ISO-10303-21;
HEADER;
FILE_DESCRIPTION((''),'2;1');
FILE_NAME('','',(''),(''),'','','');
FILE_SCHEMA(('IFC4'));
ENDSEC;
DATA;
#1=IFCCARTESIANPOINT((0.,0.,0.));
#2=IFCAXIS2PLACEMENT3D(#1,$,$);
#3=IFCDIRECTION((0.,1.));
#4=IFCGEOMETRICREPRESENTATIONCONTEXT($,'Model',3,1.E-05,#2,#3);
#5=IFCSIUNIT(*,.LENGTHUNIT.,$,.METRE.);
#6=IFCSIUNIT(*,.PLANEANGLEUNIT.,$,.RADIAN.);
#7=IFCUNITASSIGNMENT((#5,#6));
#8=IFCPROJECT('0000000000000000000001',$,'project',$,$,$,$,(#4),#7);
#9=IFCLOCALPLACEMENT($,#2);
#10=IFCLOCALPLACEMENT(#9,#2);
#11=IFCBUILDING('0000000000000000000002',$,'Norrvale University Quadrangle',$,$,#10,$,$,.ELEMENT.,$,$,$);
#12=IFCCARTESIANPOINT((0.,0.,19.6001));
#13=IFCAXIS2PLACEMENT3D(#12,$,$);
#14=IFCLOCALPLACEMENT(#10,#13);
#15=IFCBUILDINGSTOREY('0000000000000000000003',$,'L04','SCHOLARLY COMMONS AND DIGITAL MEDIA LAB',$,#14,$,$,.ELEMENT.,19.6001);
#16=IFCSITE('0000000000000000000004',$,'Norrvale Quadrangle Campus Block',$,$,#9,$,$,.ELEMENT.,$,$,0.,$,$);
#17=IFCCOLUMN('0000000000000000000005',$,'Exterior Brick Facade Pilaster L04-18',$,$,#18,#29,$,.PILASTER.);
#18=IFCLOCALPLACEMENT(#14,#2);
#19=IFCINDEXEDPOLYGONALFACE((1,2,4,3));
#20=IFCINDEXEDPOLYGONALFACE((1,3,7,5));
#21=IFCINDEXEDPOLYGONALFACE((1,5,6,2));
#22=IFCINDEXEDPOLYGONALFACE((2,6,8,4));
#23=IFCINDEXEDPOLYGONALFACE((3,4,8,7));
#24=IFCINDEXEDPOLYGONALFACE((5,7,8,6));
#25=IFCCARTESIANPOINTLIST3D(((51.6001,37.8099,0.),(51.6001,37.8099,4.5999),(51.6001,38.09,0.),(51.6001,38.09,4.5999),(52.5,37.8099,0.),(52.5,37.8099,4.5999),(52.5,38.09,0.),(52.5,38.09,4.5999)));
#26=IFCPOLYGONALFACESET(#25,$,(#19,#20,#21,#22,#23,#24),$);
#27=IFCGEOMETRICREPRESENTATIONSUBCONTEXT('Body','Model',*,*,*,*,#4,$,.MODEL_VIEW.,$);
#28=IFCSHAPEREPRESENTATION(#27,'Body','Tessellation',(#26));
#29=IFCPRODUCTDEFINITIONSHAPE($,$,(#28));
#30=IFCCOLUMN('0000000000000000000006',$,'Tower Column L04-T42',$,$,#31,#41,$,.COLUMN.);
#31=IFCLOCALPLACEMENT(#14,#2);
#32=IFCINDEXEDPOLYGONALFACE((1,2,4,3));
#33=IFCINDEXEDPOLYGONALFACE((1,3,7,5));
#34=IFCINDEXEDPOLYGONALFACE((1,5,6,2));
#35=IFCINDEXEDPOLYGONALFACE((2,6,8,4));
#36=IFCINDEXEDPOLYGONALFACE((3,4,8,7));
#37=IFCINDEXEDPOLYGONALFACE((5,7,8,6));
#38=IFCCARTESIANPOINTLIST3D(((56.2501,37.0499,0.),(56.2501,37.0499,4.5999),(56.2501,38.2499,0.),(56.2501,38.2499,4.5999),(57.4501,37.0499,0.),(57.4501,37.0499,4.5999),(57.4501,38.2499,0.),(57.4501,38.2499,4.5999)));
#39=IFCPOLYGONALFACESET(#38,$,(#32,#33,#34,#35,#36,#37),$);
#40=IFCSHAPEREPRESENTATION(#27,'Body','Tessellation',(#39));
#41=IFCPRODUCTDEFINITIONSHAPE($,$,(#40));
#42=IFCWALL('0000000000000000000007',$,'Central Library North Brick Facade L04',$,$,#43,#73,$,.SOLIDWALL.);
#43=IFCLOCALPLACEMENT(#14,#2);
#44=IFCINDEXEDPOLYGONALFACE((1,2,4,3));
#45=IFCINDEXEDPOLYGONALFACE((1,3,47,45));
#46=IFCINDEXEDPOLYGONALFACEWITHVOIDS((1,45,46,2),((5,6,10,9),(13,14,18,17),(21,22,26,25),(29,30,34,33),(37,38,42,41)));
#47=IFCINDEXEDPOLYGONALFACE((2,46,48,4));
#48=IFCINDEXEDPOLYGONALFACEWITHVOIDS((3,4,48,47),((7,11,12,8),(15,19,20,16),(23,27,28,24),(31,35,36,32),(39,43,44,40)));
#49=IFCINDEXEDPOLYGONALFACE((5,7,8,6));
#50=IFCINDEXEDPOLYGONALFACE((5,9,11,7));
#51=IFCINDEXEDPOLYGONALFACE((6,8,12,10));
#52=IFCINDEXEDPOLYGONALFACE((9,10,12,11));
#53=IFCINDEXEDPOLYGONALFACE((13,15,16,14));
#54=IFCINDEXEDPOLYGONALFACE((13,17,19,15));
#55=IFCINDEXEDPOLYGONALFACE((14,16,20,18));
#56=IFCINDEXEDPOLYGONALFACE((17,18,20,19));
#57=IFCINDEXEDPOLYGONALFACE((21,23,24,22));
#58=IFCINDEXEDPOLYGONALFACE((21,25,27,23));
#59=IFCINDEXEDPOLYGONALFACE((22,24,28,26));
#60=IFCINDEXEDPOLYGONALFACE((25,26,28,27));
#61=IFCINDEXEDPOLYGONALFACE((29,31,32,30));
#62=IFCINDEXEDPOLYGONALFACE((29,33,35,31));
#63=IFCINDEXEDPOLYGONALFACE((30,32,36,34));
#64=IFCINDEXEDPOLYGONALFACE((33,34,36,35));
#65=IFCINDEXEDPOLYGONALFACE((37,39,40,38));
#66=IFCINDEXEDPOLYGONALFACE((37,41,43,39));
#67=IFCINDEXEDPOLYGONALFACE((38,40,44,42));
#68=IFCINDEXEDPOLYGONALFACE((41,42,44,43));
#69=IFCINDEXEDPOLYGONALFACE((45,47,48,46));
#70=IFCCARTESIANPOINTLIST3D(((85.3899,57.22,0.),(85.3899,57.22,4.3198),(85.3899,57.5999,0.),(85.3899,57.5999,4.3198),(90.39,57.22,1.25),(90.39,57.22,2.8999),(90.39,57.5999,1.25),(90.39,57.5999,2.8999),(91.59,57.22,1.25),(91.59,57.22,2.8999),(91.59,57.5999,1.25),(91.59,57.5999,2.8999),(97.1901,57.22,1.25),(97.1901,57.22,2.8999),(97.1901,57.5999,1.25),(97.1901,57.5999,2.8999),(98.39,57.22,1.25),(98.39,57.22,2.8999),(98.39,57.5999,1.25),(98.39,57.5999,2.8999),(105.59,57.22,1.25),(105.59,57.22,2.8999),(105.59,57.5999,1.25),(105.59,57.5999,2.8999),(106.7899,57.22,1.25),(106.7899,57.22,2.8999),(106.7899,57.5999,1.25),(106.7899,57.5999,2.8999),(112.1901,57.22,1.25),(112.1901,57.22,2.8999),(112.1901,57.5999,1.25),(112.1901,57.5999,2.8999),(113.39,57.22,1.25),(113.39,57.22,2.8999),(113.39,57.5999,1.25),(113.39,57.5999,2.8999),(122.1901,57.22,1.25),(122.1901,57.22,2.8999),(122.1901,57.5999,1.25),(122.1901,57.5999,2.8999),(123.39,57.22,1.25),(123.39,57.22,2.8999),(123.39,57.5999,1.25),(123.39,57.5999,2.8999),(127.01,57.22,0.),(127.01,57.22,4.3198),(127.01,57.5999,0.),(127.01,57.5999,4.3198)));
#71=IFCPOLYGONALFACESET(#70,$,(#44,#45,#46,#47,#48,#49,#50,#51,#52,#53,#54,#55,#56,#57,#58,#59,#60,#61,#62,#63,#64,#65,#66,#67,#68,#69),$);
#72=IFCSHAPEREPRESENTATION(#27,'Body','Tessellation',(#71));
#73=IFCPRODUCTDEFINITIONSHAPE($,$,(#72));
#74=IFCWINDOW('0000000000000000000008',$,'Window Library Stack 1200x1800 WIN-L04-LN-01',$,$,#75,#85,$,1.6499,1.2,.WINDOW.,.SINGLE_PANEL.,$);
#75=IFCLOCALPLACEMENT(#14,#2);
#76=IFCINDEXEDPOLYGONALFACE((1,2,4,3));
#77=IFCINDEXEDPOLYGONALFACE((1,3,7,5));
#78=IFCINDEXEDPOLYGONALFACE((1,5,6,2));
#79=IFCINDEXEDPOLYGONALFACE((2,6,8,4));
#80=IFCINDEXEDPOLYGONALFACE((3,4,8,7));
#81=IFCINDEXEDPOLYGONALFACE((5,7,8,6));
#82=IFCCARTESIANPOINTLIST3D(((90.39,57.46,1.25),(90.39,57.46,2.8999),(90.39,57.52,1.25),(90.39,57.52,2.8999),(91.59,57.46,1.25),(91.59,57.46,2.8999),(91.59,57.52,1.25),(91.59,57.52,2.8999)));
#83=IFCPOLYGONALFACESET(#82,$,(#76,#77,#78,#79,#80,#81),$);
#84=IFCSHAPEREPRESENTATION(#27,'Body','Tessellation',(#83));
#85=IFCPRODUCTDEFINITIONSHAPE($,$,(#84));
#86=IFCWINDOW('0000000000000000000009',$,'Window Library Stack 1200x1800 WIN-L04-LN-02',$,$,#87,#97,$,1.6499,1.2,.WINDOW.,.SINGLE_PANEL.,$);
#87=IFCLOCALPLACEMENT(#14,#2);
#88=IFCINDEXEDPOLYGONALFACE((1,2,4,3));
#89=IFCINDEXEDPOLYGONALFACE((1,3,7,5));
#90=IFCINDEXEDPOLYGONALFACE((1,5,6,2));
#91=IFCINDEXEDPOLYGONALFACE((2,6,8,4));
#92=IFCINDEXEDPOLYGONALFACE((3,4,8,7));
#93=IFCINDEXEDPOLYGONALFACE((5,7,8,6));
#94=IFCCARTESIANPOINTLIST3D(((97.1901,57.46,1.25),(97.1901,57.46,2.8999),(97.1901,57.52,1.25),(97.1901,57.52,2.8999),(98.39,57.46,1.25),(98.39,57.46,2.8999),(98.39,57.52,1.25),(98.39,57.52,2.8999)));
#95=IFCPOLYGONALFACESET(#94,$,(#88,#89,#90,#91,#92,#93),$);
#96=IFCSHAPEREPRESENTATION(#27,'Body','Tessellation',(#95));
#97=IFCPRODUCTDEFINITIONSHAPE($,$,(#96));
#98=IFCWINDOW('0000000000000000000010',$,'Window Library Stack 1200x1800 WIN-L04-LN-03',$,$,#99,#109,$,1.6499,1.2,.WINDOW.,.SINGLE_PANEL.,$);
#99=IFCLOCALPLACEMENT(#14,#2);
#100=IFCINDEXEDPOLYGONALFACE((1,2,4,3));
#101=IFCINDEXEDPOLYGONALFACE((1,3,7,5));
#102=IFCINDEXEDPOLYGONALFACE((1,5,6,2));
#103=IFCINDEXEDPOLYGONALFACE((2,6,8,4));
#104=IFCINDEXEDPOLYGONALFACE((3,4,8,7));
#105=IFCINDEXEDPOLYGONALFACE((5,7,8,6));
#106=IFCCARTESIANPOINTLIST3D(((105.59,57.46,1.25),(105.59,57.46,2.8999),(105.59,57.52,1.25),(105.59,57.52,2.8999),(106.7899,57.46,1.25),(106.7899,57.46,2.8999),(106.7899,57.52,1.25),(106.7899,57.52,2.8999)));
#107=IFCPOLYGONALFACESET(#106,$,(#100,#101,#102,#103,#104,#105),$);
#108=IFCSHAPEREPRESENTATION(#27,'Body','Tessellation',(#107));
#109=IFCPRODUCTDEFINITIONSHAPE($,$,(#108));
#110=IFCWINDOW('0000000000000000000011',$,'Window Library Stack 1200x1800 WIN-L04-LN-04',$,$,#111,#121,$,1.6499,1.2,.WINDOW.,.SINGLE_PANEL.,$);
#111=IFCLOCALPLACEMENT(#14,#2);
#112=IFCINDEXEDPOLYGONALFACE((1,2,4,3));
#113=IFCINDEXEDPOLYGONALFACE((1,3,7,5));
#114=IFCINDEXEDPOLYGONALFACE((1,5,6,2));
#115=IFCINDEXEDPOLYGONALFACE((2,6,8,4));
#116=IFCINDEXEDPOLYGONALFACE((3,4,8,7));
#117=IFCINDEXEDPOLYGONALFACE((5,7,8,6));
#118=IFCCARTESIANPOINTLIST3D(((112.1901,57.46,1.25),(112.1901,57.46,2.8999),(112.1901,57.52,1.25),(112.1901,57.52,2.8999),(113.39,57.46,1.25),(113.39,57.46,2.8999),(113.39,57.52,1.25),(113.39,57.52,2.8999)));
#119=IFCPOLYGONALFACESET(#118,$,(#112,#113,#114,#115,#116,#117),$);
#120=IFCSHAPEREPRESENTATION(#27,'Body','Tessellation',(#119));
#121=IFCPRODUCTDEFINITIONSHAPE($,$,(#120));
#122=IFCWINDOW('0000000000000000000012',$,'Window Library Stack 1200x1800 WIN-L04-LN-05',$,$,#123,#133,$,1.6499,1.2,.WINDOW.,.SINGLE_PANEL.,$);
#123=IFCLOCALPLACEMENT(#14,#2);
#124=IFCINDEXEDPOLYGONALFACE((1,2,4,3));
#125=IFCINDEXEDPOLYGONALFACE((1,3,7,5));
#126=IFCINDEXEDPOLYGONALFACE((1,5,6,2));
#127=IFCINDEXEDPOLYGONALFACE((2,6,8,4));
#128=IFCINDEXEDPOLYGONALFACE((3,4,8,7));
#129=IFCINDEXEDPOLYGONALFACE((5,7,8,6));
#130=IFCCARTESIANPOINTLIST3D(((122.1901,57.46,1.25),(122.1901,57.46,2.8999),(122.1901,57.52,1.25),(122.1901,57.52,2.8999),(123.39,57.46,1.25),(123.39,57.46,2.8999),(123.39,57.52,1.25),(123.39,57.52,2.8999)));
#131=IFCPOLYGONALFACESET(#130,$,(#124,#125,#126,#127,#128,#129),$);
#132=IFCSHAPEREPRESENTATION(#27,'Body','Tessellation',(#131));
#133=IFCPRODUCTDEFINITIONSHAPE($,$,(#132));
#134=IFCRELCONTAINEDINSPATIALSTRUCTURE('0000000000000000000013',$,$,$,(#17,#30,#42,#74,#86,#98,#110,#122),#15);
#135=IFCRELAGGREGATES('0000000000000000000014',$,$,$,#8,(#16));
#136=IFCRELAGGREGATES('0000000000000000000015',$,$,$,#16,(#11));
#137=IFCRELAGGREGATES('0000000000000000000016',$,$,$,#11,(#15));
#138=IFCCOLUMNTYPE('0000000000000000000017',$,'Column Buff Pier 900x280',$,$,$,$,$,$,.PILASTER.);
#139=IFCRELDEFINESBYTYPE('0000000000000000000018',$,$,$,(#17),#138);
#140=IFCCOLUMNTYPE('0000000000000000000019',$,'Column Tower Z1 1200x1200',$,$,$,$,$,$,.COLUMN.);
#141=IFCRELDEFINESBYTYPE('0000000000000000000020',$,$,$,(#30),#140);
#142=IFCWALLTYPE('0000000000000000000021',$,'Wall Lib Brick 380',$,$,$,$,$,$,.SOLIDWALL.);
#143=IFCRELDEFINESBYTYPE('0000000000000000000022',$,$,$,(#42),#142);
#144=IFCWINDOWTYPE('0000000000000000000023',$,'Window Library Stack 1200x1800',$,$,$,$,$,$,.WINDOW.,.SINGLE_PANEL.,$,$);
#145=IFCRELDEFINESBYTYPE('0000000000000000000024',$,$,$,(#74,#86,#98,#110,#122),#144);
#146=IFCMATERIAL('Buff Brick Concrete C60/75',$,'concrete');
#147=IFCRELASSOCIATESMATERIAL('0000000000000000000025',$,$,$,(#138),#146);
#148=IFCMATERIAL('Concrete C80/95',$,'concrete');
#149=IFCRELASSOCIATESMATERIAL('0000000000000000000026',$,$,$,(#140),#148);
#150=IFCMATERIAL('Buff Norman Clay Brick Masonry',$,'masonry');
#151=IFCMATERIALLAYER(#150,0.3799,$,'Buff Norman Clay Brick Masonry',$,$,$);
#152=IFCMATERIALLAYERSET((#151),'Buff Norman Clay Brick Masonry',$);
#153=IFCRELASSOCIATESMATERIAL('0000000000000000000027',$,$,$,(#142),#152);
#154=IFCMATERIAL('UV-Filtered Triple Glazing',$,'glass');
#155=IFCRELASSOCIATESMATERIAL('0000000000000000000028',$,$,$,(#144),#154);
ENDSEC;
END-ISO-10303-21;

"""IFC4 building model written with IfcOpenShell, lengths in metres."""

from ifc_helpers import new_model, si_unit, direction, frame, frame_2d, origin, origin_2d, place, context, subcontext, project, spatial, rectangle, extrude, material, layer, layer_set, material_profile, profile_set, type_object, element, fill, save


model = new_model("IFC4")

# Units and contexts
model_context = context("Model", 3, precision=1e-05, world=origin(), true_north=direction((0.0, 1.0)))
body_context = subcontext(model_context, "Body", "Model", "MODEL_VIEW")
ifc_project = project(units=[si_unit("LENGTHUNIT", "METRE"), si_unit("PLANEANGLEUNIT", "RADIAN")], contexts=[model_context])

# Site, building, storey
site_placement = place(None, origin())
site = spatial("IfcSite", under=ifc_project, at=site_placement, Name="Norrvale Quadrangle Campus Block", CompositionType="ELEMENT", RefElevation=0.0)
building_placement = place(site_placement, origin())
building = spatial("IfcBuilding", under=site, at=building_placement, Name="Norrvale University Quadrangle", CompositionType="ELEMENT")
storey_placement = place(building_placement, frame((0.0, 0.0, 19.6001)))
storey = spatial("IfcBuildingStorey", under=building, at=storey_placement, Name="L04", Description="SCHOLARLY COMMONS AND DIGITAL MEDIA LAB", CompositionType="ELEMENT", Elevation=19.6001)

# Columns
ifc_material_1 = material(Name="Buff Brick Concrete C60/75", Category="concrete")
ifc_material_profile_1 = material_profile(ifc_material_1, rectangle(XDim=0.8999, YDim=0.28, at=origin_2d()), Name="Buff Brick Concrete C60/75")
ifc_profile_set_1 = profile_set([ifc_material_profile_1], Name="Buff Brick Concrete C60/75")
column_type_1 = type_object("IfcColumnType", Name="Column Buff Pier 900x280", PredefinedType="PILASTER", material=ifc_profile_set_1)
column_1_placement = place(storey_placement, frame((52.05, 37.95, 0.0), z_axis=(0.0, 0.0, 1.0), x_axis=(1.0, 0.0, 0.0)))
element("IfcColumn", 1, at=column_1_placement, inside=storey, type_object=column_type_1, Name="Exterior Brick Facade Pilaster L04-18", PredefinedType="PILASTER", context=body_context, shape_type="SweptSolid", body=[
    extrude(rectangle(XDim=0.8999, YDim=0.28, at=origin_2d()), origin(), (0.0, 0.0, 1.0), 4.5999),
])
ifc_material_2 = material(Name="Concrete C80/95", Category="concrete")
ifc_material_profile_2 = material_profile(ifc_material_2, rectangle(XDim=1.2, YDim=1.2, at=origin_2d()), Name="Concrete C80/95")
ifc_profile_set_2 = profile_set([ifc_material_profile_2], Name="Concrete C80/95")
column_type_2 = type_object("IfcColumnType", Name="Column Tower Z1 1200x1200", PredefinedType="COLUMN", material=ifc_profile_set_2)
column_2_placement = place(storey_placement, frame((56.8501, 37.6499, 0.0), z_axis=(0.0, 0.0, 1.0), x_axis=(1.0, 0.0, 0.0)))
element("IfcColumn", 2, at=column_2_placement, inside=storey, type_object=column_type_2, Name="Tower Column L04-T42", PredefinedType="COLUMN", context=body_context, shape_type="SweptSolid", body=[
    extrude(rectangle(XDim=1.2, YDim=1.2, at=origin_2d()), origin(), (0.0, 0.0, 1.0), 4.5999),
])

# Wall, openings, windows
ifc_material_3 = material(Name="Buff Norman Clay Brick Masonry", Category="masonry")
ifc_layer_1 = layer(ifc_material_3, 0.3799, Name="Buff Norman Clay Brick Masonry")
ifc_layer_set_1 = layer_set([ifc_layer_1], Name="Buff Norman Clay Brick Masonry")
wall_type_1 = type_object("IfcWallType", Name="Wall Lib Brick 380", PredefinedType="SOLIDWALL", material=ifc_layer_set_1)
wall_1_placement = place(storey_placement, frame((85.3899, 57.4099, 0.0), z_axis=(0.0, 0.0, 1.0), x_axis=(1.0, 0.0, 0.0)))
wall_1 = element("IfcWall", 3, at=wall_1_placement, inside=storey, type_object=wall_type_1, Name="Central Library North Brick Facade L04", PredefinedType="SOLIDWALL", context=body_context, shape_type="SweptSolid", body=[
    extrude(rectangle(XDim=41.6201, YDim=0.3799, at=frame_2d((20.8101, 0.0))), origin(), (0.0, 0.0, 1.0), 4.3198),
])
opening_1_placement = place(wall_1_placement, frame((5.0, 0.0, 1.25)))
opening_1 = element("IfcOpeningElement", 4, at=opening_1_placement, cuts=wall_1, PredefinedType="OPENING", context=body_context, shape_type="SweptSolid", body=[
    extrude(rectangle(XDim=1.2, YDim=1.6499, at=frame_2d((0.6001, 0.825))), frame((0.0, 0.2019, 0.0), z_axis=(0.0, -1.0, 0.0), x_axis=(1.0, 0.0, 0.0)), (0.0, 0.0, 1.0), 0.4038),
])
opening_2_placement = place(wall_1_placement, frame((11.8, 0.0, 1.25)))
opening_2 = element("IfcOpeningElement", 5, at=opening_2_placement, cuts=wall_1, PredefinedType="OPENING", context=body_context, shape_type="SweptSolid", body=[
    extrude(rectangle(XDim=1.2, YDim=1.6499, at=frame_2d((0.6001, 0.825))), frame((0.0, 0.2019, 0.0), z_axis=(0.0, -1.0, 0.0), x_axis=(1.0, 0.0, 0.0)), (0.0, 0.0, 1.0), 0.4038),
])
opening_3_placement = place(wall_1_placement, frame((20.2, 0.0, 1.25)))
opening_3 = element("IfcOpeningElement", 6, at=opening_3_placement, cuts=wall_1, PredefinedType="OPENING", context=body_context, shape_type="SweptSolid", body=[
    extrude(rectangle(XDim=1.2, YDim=1.6499, at=frame_2d((0.6001, 0.825))), frame((0.0, 0.2019, 0.0), z_axis=(0.0, -1.0, 0.0), x_axis=(1.0, 0.0, 0.0)), (0.0, 0.0, 1.0), 0.4038),
])
opening_4_placement = place(wall_1_placement, frame((26.8, 0.0, 1.25)))
opening_4 = element("IfcOpeningElement", 7, at=opening_4_placement, cuts=wall_1, PredefinedType="OPENING", context=body_context, shape_type="SweptSolid", body=[
    extrude(rectangle(XDim=1.2, YDim=1.6499, at=frame_2d((0.6001, 0.825))), frame((0.0, 0.2019, 0.0), z_axis=(0.0, -1.0, 0.0), x_axis=(1.0, 0.0, 0.0)), (0.0, 0.0, 1.0), 0.4038),
])
opening_5_placement = place(wall_1_placement, frame((36.8, 0.0, 1.25)))
opening_5 = element("IfcOpeningElement", 8, at=opening_5_placement, cuts=wall_1, PredefinedType="OPENING", context=body_context, shape_type="SweptSolid", body=[
    extrude(rectangle(XDim=1.2, YDim=1.6499, at=frame_2d((0.6001, 0.825))), frame((0.0, 0.2019, 0.0), z_axis=(0.0, -1.0, 0.0), x_axis=(1.0, 0.0, 0.0)), (0.0, 0.0, 1.0), 0.4038),
])
ifc_material_4 = material(Name="UV-Filtered Triple Glazing", Category="glass")
window_type = type_object("IfcWindowType", Name="Window Library Stack 1200x1800", PartitioningType="SINGLE_PANEL", PredefinedType="WINDOW", material=ifc_material_4)
window_1_placement = place(opening_1_placement, origin())
window_1 = element("IfcWindow", 9, at=window_1_placement, inside=storey, type_object=window_type, Name="Window Library Stack 1200x1800 WIN-L04-LN-01", OverallHeight=1.6499, OverallWidth=1.2, PartitioningType="SINGLE_PANEL", PredefinedType="WINDOW", context=body_context, shape_type="SweptSolid", body=[
    extrude(rectangle(XDim=1.2, YDim=1.6499, at=frame_2d((0.6001, 0.825))), frame((0.0, 0.1101, 0.0), z_axis=(0.0, -1.0, 0.0), x_axis=(1.0, 0.0, 0.0)), (0.0, 0.0, 1.0), 0.0601),
])
fill(opening_1, window_1)
window_2_placement = place(opening_2_placement, origin())
window_2 = element("IfcWindow", 10, at=window_2_placement, inside=storey, type_object=window_type, Name="Window Library Stack 1200x1800 WIN-L04-LN-02", OverallHeight=1.6499, OverallWidth=1.2, PartitioningType="SINGLE_PANEL", PredefinedType="WINDOW", context=body_context, shape_type="SweptSolid", body=[
    extrude(rectangle(XDim=1.2, YDim=1.6499, at=frame_2d((0.6001, 0.825))), frame((0.0, 0.1101, 0.0), z_axis=(0.0, -1.0, 0.0), x_axis=(1.0, 0.0, 0.0)), (0.0, 0.0, 1.0), 0.0601),
])
fill(opening_2, window_2)
window_3_placement = place(opening_3_placement, origin())
window_3 = element("IfcWindow", 11, at=window_3_placement, inside=storey, type_object=window_type, Name="Window Library Stack 1200x1800 WIN-L04-LN-03", OverallHeight=1.6499, OverallWidth=1.2, PartitioningType="SINGLE_PANEL", PredefinedType="WINDOW", context=body_context, shape_type="SweptSolid", body=[
    extrude(rectangle(XDim=1.2, YDim=1.6499, at=frame_2d((0.6001, 0.825))), frame((0.0, 0.1101, 0.0), z_axis=(0.0, -1.0, 0.0), x_axis=(1.0, 0.0, 0.0)), (0.0, 0.0, 1.0), 0.0601),
])
fill(opening_3, window_3)
window_4_placement = place(opening_4_placement, origin())
window_4 = element("IfcWindow", 12, at=window_4_placement, inside=storey, type_object=window_type, Name="Window Library Stack 1200x1800 WIN-L04-LN-04", OverallHeight=1.6499, OverallWidth=1.2, PartitioningType="SINGLE_PANEL", PredefinedType="WINDOW", context=body_context, shape_type="SweptSolid", body=[
    extrude(rectangle(XDim=1.2, YDim=1.6499, at=frame_2d((0.6001, 0.825))), frame((0.0, 0.1101, 0.0), z_axis=(0.0, -1.0, 0.0), x_axis=(1.0, 0.0, 0.0)), (0.0, 0.0, 1.0), 0.0601),
])
fill(opening_4, window_4)
window_5_placement = place(opening_5_placement, origin())
window_5 = element("IfcWindow", 13, at=window_5_placement, inside=storey, type_object=window_type, Name="Window Library Stack 1200x1800 WIN-L04-LN-05", OverallHeight=1.6499, OverallWidth=1.2, PartitioningType="SINGLE_PANEL", PredefinedType="WINDOW", context=body_context, shape_type="SweptSolid", body=[
    extrude(rectangle(XDim=1.2, YDim=1.6499, at=frame_2d((0.6001, 0.825))), frame((0.0, 0.1101, 0.0), z_axis=(0.0, -1.0, 0.0), x_axis=(1.0, 0.0, 0.0)), (0.0, 0.0, 1.0), 0.0601),
])
fill(opening_5, window_5)

save(model, "model.ifc")
